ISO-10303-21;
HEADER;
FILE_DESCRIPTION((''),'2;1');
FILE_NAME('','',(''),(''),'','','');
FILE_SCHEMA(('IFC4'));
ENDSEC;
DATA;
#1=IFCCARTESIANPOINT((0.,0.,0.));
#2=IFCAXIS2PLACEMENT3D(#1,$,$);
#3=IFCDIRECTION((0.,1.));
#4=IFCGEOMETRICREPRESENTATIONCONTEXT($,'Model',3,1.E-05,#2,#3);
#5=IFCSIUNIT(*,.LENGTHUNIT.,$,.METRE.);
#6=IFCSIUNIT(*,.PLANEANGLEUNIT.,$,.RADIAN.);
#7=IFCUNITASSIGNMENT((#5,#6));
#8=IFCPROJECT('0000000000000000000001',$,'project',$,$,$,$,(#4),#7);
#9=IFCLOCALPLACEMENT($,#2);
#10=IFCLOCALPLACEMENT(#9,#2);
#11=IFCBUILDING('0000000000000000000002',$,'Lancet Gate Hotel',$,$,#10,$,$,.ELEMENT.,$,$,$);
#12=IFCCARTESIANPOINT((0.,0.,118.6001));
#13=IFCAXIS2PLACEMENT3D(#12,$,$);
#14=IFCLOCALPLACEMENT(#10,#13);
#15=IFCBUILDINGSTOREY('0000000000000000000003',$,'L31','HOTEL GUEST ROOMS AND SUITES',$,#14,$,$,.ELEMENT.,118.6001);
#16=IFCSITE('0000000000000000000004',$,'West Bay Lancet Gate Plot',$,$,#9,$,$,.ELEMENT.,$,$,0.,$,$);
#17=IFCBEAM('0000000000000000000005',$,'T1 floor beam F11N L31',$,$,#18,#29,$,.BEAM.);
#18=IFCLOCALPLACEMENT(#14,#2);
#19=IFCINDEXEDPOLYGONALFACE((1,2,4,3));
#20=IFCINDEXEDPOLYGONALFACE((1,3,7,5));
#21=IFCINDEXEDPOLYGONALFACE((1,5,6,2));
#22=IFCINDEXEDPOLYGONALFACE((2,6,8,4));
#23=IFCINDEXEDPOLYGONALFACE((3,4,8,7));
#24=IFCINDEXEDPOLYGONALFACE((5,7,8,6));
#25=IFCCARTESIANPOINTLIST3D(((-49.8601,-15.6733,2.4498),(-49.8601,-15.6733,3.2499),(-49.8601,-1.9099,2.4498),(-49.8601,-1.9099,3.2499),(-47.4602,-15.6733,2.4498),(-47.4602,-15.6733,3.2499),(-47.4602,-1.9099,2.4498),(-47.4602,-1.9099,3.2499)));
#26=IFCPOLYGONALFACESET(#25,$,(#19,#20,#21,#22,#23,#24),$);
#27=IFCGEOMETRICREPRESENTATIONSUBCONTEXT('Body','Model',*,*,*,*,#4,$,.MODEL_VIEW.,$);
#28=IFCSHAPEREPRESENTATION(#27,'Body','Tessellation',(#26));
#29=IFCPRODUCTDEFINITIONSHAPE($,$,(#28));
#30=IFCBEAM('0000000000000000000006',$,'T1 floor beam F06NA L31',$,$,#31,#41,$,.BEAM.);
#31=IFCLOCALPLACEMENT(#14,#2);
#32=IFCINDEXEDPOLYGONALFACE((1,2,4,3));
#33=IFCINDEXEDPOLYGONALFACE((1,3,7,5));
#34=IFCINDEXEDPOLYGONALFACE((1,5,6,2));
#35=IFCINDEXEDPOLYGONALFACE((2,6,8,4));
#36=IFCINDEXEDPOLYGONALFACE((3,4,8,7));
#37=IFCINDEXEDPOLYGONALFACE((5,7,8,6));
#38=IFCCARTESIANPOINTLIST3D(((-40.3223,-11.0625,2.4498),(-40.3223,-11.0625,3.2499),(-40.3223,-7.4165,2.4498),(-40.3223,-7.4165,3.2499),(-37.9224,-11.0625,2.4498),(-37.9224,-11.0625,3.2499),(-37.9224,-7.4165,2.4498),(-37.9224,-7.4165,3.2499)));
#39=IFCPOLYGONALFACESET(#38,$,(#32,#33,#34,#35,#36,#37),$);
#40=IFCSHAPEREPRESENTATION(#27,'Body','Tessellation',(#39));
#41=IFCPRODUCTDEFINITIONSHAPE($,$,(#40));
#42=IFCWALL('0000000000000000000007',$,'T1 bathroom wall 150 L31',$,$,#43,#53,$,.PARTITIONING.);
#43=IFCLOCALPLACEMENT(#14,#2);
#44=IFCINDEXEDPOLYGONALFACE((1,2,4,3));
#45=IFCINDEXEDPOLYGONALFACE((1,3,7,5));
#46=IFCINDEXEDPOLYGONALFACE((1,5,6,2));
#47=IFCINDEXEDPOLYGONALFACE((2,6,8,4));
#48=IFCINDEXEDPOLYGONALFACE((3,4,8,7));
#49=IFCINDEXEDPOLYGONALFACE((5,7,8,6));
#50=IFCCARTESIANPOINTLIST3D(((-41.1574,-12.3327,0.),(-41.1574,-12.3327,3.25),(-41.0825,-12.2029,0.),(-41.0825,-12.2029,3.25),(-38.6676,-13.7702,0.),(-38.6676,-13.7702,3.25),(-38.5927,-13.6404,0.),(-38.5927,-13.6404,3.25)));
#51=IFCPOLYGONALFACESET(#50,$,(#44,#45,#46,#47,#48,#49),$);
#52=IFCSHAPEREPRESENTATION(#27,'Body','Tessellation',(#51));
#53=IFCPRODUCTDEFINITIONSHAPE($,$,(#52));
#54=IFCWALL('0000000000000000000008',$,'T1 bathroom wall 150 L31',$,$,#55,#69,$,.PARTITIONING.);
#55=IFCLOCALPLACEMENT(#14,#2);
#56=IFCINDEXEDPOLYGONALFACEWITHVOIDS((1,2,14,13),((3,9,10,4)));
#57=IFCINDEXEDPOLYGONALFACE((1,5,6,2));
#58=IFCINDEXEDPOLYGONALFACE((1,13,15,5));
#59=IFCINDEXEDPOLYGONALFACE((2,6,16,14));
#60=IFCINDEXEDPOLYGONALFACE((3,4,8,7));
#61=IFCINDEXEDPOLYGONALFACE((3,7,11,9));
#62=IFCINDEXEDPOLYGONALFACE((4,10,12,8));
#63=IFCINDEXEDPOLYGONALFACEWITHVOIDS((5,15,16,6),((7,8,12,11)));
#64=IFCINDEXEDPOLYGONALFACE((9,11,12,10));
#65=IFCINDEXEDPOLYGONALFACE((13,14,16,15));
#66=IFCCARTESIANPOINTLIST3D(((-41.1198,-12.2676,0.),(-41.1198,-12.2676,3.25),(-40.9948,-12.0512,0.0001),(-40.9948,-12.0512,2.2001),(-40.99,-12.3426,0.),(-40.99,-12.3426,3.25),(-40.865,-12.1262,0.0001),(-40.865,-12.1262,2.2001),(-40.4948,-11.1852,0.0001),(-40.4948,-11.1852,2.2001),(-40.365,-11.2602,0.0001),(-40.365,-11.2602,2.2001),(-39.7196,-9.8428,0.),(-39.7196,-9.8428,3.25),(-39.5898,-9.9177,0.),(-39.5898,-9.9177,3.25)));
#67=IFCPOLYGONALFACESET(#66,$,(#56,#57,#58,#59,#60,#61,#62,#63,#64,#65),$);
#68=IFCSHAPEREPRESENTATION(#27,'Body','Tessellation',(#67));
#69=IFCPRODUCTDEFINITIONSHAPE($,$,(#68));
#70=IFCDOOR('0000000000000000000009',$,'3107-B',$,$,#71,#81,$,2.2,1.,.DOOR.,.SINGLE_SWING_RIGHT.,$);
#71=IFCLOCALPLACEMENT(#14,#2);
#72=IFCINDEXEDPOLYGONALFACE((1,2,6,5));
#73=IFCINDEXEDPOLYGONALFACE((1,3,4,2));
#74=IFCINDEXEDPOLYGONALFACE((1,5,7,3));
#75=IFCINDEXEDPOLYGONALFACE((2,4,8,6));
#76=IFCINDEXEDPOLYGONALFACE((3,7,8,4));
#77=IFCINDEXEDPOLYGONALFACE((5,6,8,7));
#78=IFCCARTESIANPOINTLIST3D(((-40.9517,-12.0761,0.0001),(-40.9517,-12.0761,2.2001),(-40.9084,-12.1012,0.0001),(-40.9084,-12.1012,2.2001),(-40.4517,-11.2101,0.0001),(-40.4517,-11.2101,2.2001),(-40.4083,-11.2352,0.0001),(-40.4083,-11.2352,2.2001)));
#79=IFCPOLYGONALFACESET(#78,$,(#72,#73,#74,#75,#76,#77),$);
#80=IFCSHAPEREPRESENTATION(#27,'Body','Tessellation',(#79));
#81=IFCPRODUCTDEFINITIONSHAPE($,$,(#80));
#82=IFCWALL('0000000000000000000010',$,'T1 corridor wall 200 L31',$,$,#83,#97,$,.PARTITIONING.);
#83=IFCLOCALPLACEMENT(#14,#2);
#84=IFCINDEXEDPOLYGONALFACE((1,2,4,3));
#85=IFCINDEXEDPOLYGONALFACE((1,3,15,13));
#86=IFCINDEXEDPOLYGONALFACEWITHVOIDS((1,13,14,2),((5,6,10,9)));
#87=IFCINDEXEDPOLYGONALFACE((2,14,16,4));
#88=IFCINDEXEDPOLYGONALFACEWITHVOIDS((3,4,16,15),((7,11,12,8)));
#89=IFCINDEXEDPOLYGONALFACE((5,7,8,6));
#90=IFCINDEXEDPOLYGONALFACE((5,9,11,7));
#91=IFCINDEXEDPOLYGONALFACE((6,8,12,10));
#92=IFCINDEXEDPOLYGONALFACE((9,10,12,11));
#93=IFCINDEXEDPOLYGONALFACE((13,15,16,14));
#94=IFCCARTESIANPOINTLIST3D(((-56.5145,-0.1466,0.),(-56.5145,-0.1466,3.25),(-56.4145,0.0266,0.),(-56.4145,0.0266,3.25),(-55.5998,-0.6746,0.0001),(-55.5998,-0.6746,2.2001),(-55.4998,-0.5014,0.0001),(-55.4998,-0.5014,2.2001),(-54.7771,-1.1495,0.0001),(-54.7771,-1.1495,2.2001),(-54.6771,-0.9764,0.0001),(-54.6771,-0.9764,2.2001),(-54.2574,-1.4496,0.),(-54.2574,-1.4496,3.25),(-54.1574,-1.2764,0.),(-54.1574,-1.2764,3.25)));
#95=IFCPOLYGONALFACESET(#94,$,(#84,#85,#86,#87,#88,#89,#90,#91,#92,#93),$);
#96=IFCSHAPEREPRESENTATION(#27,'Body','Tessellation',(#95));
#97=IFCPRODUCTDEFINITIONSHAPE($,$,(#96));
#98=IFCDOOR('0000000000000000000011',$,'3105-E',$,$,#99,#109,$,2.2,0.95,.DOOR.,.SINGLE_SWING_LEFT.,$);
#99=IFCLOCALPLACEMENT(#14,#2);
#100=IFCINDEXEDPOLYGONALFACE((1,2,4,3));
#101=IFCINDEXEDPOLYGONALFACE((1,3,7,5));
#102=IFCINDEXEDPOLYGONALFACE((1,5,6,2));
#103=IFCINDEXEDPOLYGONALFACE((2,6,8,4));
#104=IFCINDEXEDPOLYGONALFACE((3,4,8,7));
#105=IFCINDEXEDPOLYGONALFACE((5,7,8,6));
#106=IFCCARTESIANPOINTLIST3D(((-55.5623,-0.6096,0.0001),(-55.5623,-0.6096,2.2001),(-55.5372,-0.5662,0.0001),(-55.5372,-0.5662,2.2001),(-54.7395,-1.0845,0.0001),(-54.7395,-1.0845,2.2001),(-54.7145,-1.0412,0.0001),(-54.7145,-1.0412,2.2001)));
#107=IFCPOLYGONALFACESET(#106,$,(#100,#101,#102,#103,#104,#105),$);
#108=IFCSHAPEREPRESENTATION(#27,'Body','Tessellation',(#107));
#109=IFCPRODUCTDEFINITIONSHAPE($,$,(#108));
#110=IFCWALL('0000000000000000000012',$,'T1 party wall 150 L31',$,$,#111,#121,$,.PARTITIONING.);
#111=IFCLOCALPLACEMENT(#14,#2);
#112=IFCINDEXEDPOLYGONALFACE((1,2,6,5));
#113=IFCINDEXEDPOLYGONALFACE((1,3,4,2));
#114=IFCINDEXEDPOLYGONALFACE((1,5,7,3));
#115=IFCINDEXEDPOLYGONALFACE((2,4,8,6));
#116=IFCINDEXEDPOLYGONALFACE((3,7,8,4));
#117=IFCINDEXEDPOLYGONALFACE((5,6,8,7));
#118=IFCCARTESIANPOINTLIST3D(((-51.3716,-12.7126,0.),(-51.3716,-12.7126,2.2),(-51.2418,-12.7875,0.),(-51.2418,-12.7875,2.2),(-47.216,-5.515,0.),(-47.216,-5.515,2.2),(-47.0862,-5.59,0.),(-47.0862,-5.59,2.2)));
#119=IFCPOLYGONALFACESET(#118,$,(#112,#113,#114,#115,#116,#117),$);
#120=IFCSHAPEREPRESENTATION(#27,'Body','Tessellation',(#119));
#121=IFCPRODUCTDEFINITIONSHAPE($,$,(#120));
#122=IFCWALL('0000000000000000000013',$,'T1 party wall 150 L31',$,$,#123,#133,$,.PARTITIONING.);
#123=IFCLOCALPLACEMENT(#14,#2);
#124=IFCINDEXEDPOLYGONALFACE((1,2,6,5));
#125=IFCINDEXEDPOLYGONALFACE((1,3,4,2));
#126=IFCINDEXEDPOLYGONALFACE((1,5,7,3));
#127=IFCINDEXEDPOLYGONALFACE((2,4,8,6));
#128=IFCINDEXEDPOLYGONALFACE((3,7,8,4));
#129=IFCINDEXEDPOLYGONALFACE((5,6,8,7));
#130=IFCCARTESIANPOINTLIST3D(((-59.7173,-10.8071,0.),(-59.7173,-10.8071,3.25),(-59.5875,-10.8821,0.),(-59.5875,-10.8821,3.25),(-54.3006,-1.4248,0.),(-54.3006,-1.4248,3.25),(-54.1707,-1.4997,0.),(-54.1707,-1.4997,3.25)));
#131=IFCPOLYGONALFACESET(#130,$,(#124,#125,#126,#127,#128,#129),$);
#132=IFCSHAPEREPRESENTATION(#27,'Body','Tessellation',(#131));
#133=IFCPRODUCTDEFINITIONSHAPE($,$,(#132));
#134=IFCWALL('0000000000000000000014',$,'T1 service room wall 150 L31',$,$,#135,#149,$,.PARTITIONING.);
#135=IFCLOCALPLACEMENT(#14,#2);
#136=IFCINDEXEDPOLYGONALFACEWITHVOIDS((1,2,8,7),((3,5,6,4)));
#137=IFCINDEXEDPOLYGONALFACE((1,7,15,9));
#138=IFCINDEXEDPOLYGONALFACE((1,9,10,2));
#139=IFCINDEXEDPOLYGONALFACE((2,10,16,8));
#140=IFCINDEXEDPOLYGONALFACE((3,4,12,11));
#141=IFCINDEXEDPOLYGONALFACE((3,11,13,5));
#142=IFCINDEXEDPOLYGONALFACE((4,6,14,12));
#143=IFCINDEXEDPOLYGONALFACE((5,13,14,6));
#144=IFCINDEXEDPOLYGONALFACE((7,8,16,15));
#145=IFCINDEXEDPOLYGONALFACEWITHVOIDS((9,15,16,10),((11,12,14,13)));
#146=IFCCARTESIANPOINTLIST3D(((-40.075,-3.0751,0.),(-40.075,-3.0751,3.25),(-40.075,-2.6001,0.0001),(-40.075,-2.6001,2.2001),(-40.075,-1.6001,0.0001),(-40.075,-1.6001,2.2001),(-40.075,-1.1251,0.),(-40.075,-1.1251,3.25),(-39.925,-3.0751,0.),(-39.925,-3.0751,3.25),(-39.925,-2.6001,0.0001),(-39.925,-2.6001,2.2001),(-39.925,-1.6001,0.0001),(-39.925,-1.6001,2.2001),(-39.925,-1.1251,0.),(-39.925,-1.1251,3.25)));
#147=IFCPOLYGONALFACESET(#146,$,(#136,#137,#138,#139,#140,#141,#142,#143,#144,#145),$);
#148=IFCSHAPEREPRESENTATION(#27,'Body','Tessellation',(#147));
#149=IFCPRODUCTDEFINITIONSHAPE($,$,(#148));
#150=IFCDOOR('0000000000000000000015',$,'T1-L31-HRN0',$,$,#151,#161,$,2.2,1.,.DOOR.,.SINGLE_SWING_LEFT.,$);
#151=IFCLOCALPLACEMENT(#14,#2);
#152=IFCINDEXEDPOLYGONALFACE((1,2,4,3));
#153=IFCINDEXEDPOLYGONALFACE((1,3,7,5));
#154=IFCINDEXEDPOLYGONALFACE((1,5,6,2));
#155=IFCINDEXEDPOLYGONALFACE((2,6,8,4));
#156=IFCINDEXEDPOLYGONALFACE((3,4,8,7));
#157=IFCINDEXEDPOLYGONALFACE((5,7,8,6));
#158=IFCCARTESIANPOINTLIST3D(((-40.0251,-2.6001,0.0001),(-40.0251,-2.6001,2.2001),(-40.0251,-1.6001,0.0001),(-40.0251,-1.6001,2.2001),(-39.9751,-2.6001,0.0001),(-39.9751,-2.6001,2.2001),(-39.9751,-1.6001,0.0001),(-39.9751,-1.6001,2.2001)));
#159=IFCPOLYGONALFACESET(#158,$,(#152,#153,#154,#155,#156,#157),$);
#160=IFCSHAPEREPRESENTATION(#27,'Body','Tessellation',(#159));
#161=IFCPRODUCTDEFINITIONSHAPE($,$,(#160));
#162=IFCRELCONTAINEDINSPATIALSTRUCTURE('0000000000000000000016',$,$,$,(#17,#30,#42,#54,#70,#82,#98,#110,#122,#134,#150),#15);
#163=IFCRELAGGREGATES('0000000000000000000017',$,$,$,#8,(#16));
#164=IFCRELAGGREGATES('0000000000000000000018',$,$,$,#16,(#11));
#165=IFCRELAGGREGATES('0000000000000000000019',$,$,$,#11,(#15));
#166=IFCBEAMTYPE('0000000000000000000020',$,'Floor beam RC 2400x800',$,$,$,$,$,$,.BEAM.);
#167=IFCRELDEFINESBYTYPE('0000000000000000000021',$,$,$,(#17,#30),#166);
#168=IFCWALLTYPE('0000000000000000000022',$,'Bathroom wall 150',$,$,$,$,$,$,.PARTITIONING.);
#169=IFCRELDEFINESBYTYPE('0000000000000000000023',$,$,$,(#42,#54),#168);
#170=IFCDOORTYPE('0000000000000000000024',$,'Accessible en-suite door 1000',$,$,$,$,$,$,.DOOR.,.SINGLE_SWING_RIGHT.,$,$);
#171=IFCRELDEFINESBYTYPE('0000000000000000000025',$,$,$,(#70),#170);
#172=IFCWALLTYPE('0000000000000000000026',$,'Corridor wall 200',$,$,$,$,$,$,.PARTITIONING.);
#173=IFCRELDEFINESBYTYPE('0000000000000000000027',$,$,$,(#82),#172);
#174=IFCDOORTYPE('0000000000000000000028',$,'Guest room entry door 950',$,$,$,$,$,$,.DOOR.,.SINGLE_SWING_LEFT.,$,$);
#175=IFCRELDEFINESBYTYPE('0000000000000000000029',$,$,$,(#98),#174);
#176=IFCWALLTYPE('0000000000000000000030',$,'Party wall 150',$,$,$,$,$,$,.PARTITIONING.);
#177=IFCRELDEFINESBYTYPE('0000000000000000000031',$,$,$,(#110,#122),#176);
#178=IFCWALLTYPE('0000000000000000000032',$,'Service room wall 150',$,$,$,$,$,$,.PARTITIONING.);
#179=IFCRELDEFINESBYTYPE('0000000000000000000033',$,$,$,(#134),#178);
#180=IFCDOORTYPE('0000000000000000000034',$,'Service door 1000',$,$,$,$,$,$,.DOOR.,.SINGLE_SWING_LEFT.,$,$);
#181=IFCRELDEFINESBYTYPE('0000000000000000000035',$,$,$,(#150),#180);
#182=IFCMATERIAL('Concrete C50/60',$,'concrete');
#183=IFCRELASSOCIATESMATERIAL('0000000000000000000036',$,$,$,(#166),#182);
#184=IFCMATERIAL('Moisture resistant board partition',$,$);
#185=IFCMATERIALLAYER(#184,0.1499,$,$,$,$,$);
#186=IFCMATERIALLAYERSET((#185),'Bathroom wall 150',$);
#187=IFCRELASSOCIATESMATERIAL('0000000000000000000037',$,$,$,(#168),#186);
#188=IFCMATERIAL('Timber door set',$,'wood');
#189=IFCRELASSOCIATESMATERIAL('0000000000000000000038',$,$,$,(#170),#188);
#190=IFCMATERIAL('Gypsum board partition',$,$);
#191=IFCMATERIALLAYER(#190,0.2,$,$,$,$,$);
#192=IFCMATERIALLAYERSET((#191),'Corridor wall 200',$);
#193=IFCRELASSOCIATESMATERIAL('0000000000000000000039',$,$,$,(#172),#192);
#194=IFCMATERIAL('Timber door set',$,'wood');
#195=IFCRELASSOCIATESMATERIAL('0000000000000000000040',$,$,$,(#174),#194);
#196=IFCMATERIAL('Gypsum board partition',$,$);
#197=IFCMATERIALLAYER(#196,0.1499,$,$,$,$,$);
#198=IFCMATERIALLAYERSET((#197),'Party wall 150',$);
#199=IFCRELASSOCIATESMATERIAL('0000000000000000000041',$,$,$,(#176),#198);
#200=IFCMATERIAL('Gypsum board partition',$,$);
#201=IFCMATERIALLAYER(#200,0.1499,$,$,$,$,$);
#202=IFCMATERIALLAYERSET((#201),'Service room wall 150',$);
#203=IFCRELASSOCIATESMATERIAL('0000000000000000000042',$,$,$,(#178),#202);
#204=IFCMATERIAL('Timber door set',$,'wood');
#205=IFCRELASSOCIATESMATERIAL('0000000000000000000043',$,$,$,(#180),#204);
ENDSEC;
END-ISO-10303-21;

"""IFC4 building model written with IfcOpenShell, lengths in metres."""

from ifc_helpers import new_model, si_unit, direction, frame, frame_2d, origin, origin_2d, place, context, subcontext, project, spatial, rectangle, extrude, material, layer, layer_set, material_profile, profile_set, type_object, element, fill, save


model = new_model("IFC4")

# Units and contexts
model_context = context("Model", 3, precision=1e-05, world=origin(), true_north=direction((0.0, 1.0)))
body_context = subcontext(model_context, "Body", "Model", "MODEL_VIEW")
ifc_project = project(units=[si_unit("LENGTHUNIT", "METRE"), si_unit("PLANEANGLEUNIT", "RADIAN")], contexts=[model_context])

# Site, building, storey
site_placement = place(None, origin())
site = spatial("IfcSite", under=ifc_project, at=site_placement, Name="West Bay Lancet Gate Plot", CompositionType="ELEMENT", RefElevation=0.0)
building_placement = place(site_placement, origin())
building = spatial("IfcBuilding", under=site, at=building_placement, Name="Lancet Gate Hotel", CompositionType="ELEMENT")
storey_placement = place(building_placement, frame((0.0, 0.0, 118.6001)))
storey = spatial("IfcBuildingStorey", under=building, at=storey_placement, Name="L31", Description="HOTEL GUEST ROOMS AND SUITES", CompositionType="ELEMENT", Elevation=118.6001)

# Beams
ifc_material_1 = material(Name="Concrete C50/60", Category="concrete")
ifc_material_profile_1 = material_profile(ifc_material_1, rectangle(XDim=2.3999, YDim=0.8, at=origin_2d()), Name="RC 2400x800")
ifc_profile_set_1 = profile_set([ifc_material_profile_1], Name="Concrete C50/60")
beam_type_1 = type_object("IfcBeamType", Name="Floor beam RC 2400x800", PredefinedType="BEAM", material=ifc_profile_set_1)
beam_1_placement = place(storey_placement, frame((-48.6602, -1.9099, 2.8499), z_axis=(0.0, -1.0, 0.0), x_axis=(1.0, 0.0, 0.0)))
element("IfcBeam", 1, at=beam_1_placement, inside=storey, type_object=beam_type_1, Name="T1 floor beam F11N L31", PredefinedType="BEAM", context=body_context, shape_type="SweptSolid", body=[
    extrude(rectangle(XDim=2.3999, YDim=0.8, at=origin_2d()), origin(), (0.0, 0.0, 1.0), 13.7634),
])
beam_2_placement = place(storey_placement, frame((-39.1223, -7.4165, 2.8499), z_axis=(0.0, -1.0, 0.0), x_axis=(1.0, 0.0, 0.0)))
element("IfcBeam", 2, at=beam_2_placement, inside=storey, type_object=beam_type_1, Name="T1 floor beam F06NA L31", PredefinedType="BEAM", context=body_context, shape_type="SweptSolid", body=[
    extrude(rectangle(XDim=2.3999, YDim=0.8, at=origin_2d()), origin(), (0.0, 0.0, 1.0), 3.646),
])

# Wall
ifc_material_2 = material(Name="Moisture resistant board partition")
ifc_layer_1 = layer(ifc_material_2, 0.1499)
ifc_layer_set_1 = layer_set([ifc_layer_1], Name="Bathroom wall 150")
wall_type_1 = type_object("IfcWallType", Name="Bathroom wall 150", PredefinedType="PARTITIONING", material=ifc_layer_set_1)
wall_1_placement = place(storey_placement, frame((-38.6301, -13.7053, 0.0), z_axis=(0.0, 0.0, 1.0), x_axis=(-0.866019, 0.500012, 0.0)))
element("IfcWall", 3, at=wall_1_placement, inside=storey, type_object=wall_type_1, Name="T1 bathroom wall 150 L31", PredefinedType="PARTITIONING", context=body_context, shape_type="SweptSolid", body=[
    extrude(rectangle(XDim=2.875, YDim=0.1499, at=frame_2d((1.4375, 0.0))), origin(), (0.0, 0.0, 1.0), 3.25),
])

# Walls, openings, doors
wall_2_placement = place(storey_placement, frame((-39.6548, -9.8804, 0.0), z_axis=(0.0, 0.0, 1.0), x_axis=(-0.50005, -0.865997, 0.0)))
wall_2 = element("IfcWall", 4, at=wall_2_placement, inside=storey, type_object=wall_type_1, Name="T1 bathroom wall 150 L31", PredefinedType="PARTITIONING", context=body_context, shape_type="SweptSolid", body=[
    extrude(rectangle(XDim=2.8, YDim=0.1499, at=frame_2d((1.3999, 0.0))), origin(), (0.0, 0.0, 1.0), 3.25),
])
opening_1_placement = place(wall_2_placement, frame((1.55, 0.0, 0.0)))
opening_1 = element("IfcOpeningElement", 5, at=opening_1_placement, cuts=wall_2, PredefinedType="OPENING", context=body_context, shape_type="SweptSolid", body=[
    extrude(rectangle(XDim=1.0, YDim=2.2, at=frame_2d((0.5, 1.1001))), frame((0.0, 0.085, 0.0), z_axis=(0.0, -1.0, 0.0), x_axis=(1.0, 0.0, 0.0)), (0.0, 0.0, 1.0), 0.1699),
])
ifc_material_3 = material(Name="Timber door set", Category="wood")
door_type_1 = type_object("IfcDoorType", Name="Accessible en-suite door 1000", OperationType="SINGLE_SWING_RIGHT", PredefinedType="DOOR", material=ifc_material_3)
door_1_placement = place(opening_1_placement, origin())
door_1 = element("IfcDoor", 6, at=door_1_placement, inside=storey, type_object=door_type_1, Name="3107-B", OperationType="SINGLE_SWING_RIGHT", OverallHeight=2.2, OverallWidth=1.0, PredefinedType="DOOR", context=body_context, shape_type="SweptSolid", body=[
    extrude(rectangle(XDim=1.0, YDim=2.2, at=frame_2d((0.5, 1.1001))), frame((0.0, 0.0249, 0.0), z_axis=(0.0, -1.0, 0.0), x_axis=(1.0, 0.0, 0.0)), (0.0, 0.0, 1.0), 0.05),
])
fill(opening_1, door_1)
ifc_material_4 = material(Name="Gypsum board partition")
ifc_layer_2 = layer(ifc_material_4, 0.2)
ifc_layer_set_2 = layer_set([ifc_layer_2], Name="Corridor wall 200")
wall_type_2 = type_object("IfcWallType", Name="Corridor wall 200", PredefinedType="PARTITIONING", material=ifc_layer_set_2)
wall_3_placement = place(storey_placement, frame((-54.2073, -1.363, 0.0), z_axis=(0.0, 0.0, 1.0), x_axis=(-0.86605, 0.499958, 0.0)))
wall_3 = element("IfcWall", 7, at=wall_3_placement, inside=storey, type_object=wall_type_2, Name="T1 corridor wall 200 L31", PredefinedType="PARTITIONING", context=body_context, shape_type="SweptSolid", body=[
    extrude(rectangle(XDim=2.6062, YDim=0.2, at=frame_2d((1.3032, 0.0))), origin(), (0.0, 0.0, 1.0), 3.25),
])
opening_2_placement = place(wall_3_placement, frame((0.6001, 0.0, 0.0)))
opening_2 = element("IfcOpeningElement", 8, at=opening_2_placement, cuts=wall_3, PredefinedType="OPENING", context=body_context, shape_type="SweptSolid", body=[
    extrude(rectangle(XDim=0.95, YDim=2.2, at=frame_2d((0.4751, 1.1001))), frame((0.0, 0.1099, 0.0), z_axis=(0.0, -1.0, 0.0), x_axis=(1.0, 0.0, 0.0)), (0.0, 0.0, 1.0), 0.22),
])
ifc_material_5 = material(Name="Timber door set", Category="wood")
door_type_2 = type_object("IfcDoorType", Name="Guest room entry door 950", OperationType="SINGLE_SWING_LEFT", PredefinedType="DOOR", material=ifc_material_5)
door_2_placement = place(opening_2_placement, origin())
door_2 = element("IfcDoor", 9, at=door_2_placement, inside=storey, type_object=door_type_2, Name="3105-E", OperationType="SINGLE_SWING_LEFT", OverallHeight=2.2, OverallWidth=0.95, PredefinedType="DOOR", context=body_context, shape_type="SweptSolid", body=[
    extrude(rectangle(XDim=0.95, YDim=2.2, at=frame_2d((0.4751, 1.1001))), frame((0.0, 0.0249, 0.0), z_axis=(0.0, -1.0, 0.0), x_axis=(1.0, 0.0, 0.0)), (0.0, 0.0, 1.0), 0.05),
])
fill(opening_2, door_2)

# Walls
ifc_material_6 = material(Name="Gypsum board partition")
ifc_layer_3 = layer(ifc_material_6, 0.1499)
ifc_layer_set_3 = layer_set([ifc_layer_3], Name="Party wall 150")
wall_type_3 = type_object("IfcWallType", Name="Party wall 150", PredefinedType="PARTITIONING", material=ifc_layer_set_3)
wall_4_placement = place(storey_placement, frame((-47.1511, -5.5525, 0.0), z_axis=(0.0, 0.0, 1.0), x_axis=(-0.500003, -0.866024, 0.0)))
element("IfcWall", 10, at=wall_4_placement, inside=storey, type_object=wall_type_3, Name="T1 party wall 150 L31", PredefinedType="PARTITIONING", context=body_context, shape_type="SweptSolid", body=[
    extrude(rectangle(XDim=8.311, YDim=0.1499, at=frame_2d((4.1555, 0.0))), origin(), (0.0, 0.0, 1.0), 2.2),
])
wall_5_placement = place(storey_placement, frame((-54.2356, -1.4622, 0.0), z_axis=(0.0, 0.0, 1.0), x_axis=(-0.49999, -0.866031, 0.0)))
element("IfcWall", 11, at=wall_5_placement, inside=storey, type_object=wall_type_3, Name="T1 party wall 150 L31", PredefinedType="PARTITIONING", context=body_context, shape_type="SweptSolid", body=[
    extrude(rectangle(XDim=10.8337, YDim=0.1499, at=frame_2d((5.417, 0.0))), origin(), (0.0, 0.0, 1.0), 3.25),
])

# Wall, opening, door
ifc_material_7 = material(Name="Gypsum board partition")
ifc_layer_4 = layer(ifc_material_7, 0.1499)
ifc_layer_set_4 = layer_set([ifc_layer_4], Name="Service room wall 150")
wall_type_4 = type_object("IfcWallType", Name="Service room wall 150", PredefinedType="PARTITIONING", material=ifc_layer_set_4)
wall_6_placement = place(storey_placement, frame((-40.0, -1.125, 0.0), z_axis=(0.0, 0.0, 1.0), x_axis=(0.0, -1.0, 0.0)))
wall_6 = element("IfcWall", 12, at=wall_6_placement, inside=storey, type_object=wall_type_4, Name="T1 service room wall 150 L31", PredefinedType="PARTITIONING", context=body_context, shape_type="SweptSolid", body=[
    extrude(rectangle(XDim=1.95, YDim=0.1499, at=frame_2d((0.9751, 0.0))), origin(), (0.0, 0.0, 1.0), 3.25),
])
opening_3_placement = place(wall_6_placement, frame((0.4751, 0.0, 0.0)))
opening_3 = element("IfcOpeningElement", 13, at=opening_3_placement, cuts=wall_6, PredefinedType="OPENING", context=body_context, shape_type="SweptSolid", body=[
    extrude(rectangle(XDim=1.0, YDim=2.2, at=frame_2d((0.5, 1.1001))), frame((0.0, 0.085, 0.0), z_axis=(0.0, -1.0, 0.0), x_axis=(1.0, 0.0, 0.0)), (0.0, 0.0, 1.0), 0.1699),
])
ifc_material_8 = material(Name="Timber door set", Category="wood")
door_type_3 = type_object("IfcDoorType", Name="Service door 1000", OperationType="SINGLE_SWING_LEFT", PredefinedType="DOOR", material=ifc_material_8)
door_3_placement = place(opening_3_placement, origin())
door_3 = element("IfcDoor", 14, at=door_3_placement, inside=storey, type_object=door_type_3, Name="T1-L31-HRN0", OperationType="SINGLE_SWING_LEFT", OverallHeight=2.2, OverallWidth=1.0, PredefinedType="DOOR", context=body_context, shape_type="SweptSolid", body=[
    extrude(rectangle(XDim=1.0, YDim=2.2, at=frame_2d((0.5, 1.1001))), frame((0.0, 0.0249, 0.0), z_axis=(0.0, -1.0, 0.0), x_axis=(1.0, 0.0, 0.0)), (0.0, 0.0, 1.0), 0.05),
])
fill(opening_3, door_3)

save(model, "model.ifc")
